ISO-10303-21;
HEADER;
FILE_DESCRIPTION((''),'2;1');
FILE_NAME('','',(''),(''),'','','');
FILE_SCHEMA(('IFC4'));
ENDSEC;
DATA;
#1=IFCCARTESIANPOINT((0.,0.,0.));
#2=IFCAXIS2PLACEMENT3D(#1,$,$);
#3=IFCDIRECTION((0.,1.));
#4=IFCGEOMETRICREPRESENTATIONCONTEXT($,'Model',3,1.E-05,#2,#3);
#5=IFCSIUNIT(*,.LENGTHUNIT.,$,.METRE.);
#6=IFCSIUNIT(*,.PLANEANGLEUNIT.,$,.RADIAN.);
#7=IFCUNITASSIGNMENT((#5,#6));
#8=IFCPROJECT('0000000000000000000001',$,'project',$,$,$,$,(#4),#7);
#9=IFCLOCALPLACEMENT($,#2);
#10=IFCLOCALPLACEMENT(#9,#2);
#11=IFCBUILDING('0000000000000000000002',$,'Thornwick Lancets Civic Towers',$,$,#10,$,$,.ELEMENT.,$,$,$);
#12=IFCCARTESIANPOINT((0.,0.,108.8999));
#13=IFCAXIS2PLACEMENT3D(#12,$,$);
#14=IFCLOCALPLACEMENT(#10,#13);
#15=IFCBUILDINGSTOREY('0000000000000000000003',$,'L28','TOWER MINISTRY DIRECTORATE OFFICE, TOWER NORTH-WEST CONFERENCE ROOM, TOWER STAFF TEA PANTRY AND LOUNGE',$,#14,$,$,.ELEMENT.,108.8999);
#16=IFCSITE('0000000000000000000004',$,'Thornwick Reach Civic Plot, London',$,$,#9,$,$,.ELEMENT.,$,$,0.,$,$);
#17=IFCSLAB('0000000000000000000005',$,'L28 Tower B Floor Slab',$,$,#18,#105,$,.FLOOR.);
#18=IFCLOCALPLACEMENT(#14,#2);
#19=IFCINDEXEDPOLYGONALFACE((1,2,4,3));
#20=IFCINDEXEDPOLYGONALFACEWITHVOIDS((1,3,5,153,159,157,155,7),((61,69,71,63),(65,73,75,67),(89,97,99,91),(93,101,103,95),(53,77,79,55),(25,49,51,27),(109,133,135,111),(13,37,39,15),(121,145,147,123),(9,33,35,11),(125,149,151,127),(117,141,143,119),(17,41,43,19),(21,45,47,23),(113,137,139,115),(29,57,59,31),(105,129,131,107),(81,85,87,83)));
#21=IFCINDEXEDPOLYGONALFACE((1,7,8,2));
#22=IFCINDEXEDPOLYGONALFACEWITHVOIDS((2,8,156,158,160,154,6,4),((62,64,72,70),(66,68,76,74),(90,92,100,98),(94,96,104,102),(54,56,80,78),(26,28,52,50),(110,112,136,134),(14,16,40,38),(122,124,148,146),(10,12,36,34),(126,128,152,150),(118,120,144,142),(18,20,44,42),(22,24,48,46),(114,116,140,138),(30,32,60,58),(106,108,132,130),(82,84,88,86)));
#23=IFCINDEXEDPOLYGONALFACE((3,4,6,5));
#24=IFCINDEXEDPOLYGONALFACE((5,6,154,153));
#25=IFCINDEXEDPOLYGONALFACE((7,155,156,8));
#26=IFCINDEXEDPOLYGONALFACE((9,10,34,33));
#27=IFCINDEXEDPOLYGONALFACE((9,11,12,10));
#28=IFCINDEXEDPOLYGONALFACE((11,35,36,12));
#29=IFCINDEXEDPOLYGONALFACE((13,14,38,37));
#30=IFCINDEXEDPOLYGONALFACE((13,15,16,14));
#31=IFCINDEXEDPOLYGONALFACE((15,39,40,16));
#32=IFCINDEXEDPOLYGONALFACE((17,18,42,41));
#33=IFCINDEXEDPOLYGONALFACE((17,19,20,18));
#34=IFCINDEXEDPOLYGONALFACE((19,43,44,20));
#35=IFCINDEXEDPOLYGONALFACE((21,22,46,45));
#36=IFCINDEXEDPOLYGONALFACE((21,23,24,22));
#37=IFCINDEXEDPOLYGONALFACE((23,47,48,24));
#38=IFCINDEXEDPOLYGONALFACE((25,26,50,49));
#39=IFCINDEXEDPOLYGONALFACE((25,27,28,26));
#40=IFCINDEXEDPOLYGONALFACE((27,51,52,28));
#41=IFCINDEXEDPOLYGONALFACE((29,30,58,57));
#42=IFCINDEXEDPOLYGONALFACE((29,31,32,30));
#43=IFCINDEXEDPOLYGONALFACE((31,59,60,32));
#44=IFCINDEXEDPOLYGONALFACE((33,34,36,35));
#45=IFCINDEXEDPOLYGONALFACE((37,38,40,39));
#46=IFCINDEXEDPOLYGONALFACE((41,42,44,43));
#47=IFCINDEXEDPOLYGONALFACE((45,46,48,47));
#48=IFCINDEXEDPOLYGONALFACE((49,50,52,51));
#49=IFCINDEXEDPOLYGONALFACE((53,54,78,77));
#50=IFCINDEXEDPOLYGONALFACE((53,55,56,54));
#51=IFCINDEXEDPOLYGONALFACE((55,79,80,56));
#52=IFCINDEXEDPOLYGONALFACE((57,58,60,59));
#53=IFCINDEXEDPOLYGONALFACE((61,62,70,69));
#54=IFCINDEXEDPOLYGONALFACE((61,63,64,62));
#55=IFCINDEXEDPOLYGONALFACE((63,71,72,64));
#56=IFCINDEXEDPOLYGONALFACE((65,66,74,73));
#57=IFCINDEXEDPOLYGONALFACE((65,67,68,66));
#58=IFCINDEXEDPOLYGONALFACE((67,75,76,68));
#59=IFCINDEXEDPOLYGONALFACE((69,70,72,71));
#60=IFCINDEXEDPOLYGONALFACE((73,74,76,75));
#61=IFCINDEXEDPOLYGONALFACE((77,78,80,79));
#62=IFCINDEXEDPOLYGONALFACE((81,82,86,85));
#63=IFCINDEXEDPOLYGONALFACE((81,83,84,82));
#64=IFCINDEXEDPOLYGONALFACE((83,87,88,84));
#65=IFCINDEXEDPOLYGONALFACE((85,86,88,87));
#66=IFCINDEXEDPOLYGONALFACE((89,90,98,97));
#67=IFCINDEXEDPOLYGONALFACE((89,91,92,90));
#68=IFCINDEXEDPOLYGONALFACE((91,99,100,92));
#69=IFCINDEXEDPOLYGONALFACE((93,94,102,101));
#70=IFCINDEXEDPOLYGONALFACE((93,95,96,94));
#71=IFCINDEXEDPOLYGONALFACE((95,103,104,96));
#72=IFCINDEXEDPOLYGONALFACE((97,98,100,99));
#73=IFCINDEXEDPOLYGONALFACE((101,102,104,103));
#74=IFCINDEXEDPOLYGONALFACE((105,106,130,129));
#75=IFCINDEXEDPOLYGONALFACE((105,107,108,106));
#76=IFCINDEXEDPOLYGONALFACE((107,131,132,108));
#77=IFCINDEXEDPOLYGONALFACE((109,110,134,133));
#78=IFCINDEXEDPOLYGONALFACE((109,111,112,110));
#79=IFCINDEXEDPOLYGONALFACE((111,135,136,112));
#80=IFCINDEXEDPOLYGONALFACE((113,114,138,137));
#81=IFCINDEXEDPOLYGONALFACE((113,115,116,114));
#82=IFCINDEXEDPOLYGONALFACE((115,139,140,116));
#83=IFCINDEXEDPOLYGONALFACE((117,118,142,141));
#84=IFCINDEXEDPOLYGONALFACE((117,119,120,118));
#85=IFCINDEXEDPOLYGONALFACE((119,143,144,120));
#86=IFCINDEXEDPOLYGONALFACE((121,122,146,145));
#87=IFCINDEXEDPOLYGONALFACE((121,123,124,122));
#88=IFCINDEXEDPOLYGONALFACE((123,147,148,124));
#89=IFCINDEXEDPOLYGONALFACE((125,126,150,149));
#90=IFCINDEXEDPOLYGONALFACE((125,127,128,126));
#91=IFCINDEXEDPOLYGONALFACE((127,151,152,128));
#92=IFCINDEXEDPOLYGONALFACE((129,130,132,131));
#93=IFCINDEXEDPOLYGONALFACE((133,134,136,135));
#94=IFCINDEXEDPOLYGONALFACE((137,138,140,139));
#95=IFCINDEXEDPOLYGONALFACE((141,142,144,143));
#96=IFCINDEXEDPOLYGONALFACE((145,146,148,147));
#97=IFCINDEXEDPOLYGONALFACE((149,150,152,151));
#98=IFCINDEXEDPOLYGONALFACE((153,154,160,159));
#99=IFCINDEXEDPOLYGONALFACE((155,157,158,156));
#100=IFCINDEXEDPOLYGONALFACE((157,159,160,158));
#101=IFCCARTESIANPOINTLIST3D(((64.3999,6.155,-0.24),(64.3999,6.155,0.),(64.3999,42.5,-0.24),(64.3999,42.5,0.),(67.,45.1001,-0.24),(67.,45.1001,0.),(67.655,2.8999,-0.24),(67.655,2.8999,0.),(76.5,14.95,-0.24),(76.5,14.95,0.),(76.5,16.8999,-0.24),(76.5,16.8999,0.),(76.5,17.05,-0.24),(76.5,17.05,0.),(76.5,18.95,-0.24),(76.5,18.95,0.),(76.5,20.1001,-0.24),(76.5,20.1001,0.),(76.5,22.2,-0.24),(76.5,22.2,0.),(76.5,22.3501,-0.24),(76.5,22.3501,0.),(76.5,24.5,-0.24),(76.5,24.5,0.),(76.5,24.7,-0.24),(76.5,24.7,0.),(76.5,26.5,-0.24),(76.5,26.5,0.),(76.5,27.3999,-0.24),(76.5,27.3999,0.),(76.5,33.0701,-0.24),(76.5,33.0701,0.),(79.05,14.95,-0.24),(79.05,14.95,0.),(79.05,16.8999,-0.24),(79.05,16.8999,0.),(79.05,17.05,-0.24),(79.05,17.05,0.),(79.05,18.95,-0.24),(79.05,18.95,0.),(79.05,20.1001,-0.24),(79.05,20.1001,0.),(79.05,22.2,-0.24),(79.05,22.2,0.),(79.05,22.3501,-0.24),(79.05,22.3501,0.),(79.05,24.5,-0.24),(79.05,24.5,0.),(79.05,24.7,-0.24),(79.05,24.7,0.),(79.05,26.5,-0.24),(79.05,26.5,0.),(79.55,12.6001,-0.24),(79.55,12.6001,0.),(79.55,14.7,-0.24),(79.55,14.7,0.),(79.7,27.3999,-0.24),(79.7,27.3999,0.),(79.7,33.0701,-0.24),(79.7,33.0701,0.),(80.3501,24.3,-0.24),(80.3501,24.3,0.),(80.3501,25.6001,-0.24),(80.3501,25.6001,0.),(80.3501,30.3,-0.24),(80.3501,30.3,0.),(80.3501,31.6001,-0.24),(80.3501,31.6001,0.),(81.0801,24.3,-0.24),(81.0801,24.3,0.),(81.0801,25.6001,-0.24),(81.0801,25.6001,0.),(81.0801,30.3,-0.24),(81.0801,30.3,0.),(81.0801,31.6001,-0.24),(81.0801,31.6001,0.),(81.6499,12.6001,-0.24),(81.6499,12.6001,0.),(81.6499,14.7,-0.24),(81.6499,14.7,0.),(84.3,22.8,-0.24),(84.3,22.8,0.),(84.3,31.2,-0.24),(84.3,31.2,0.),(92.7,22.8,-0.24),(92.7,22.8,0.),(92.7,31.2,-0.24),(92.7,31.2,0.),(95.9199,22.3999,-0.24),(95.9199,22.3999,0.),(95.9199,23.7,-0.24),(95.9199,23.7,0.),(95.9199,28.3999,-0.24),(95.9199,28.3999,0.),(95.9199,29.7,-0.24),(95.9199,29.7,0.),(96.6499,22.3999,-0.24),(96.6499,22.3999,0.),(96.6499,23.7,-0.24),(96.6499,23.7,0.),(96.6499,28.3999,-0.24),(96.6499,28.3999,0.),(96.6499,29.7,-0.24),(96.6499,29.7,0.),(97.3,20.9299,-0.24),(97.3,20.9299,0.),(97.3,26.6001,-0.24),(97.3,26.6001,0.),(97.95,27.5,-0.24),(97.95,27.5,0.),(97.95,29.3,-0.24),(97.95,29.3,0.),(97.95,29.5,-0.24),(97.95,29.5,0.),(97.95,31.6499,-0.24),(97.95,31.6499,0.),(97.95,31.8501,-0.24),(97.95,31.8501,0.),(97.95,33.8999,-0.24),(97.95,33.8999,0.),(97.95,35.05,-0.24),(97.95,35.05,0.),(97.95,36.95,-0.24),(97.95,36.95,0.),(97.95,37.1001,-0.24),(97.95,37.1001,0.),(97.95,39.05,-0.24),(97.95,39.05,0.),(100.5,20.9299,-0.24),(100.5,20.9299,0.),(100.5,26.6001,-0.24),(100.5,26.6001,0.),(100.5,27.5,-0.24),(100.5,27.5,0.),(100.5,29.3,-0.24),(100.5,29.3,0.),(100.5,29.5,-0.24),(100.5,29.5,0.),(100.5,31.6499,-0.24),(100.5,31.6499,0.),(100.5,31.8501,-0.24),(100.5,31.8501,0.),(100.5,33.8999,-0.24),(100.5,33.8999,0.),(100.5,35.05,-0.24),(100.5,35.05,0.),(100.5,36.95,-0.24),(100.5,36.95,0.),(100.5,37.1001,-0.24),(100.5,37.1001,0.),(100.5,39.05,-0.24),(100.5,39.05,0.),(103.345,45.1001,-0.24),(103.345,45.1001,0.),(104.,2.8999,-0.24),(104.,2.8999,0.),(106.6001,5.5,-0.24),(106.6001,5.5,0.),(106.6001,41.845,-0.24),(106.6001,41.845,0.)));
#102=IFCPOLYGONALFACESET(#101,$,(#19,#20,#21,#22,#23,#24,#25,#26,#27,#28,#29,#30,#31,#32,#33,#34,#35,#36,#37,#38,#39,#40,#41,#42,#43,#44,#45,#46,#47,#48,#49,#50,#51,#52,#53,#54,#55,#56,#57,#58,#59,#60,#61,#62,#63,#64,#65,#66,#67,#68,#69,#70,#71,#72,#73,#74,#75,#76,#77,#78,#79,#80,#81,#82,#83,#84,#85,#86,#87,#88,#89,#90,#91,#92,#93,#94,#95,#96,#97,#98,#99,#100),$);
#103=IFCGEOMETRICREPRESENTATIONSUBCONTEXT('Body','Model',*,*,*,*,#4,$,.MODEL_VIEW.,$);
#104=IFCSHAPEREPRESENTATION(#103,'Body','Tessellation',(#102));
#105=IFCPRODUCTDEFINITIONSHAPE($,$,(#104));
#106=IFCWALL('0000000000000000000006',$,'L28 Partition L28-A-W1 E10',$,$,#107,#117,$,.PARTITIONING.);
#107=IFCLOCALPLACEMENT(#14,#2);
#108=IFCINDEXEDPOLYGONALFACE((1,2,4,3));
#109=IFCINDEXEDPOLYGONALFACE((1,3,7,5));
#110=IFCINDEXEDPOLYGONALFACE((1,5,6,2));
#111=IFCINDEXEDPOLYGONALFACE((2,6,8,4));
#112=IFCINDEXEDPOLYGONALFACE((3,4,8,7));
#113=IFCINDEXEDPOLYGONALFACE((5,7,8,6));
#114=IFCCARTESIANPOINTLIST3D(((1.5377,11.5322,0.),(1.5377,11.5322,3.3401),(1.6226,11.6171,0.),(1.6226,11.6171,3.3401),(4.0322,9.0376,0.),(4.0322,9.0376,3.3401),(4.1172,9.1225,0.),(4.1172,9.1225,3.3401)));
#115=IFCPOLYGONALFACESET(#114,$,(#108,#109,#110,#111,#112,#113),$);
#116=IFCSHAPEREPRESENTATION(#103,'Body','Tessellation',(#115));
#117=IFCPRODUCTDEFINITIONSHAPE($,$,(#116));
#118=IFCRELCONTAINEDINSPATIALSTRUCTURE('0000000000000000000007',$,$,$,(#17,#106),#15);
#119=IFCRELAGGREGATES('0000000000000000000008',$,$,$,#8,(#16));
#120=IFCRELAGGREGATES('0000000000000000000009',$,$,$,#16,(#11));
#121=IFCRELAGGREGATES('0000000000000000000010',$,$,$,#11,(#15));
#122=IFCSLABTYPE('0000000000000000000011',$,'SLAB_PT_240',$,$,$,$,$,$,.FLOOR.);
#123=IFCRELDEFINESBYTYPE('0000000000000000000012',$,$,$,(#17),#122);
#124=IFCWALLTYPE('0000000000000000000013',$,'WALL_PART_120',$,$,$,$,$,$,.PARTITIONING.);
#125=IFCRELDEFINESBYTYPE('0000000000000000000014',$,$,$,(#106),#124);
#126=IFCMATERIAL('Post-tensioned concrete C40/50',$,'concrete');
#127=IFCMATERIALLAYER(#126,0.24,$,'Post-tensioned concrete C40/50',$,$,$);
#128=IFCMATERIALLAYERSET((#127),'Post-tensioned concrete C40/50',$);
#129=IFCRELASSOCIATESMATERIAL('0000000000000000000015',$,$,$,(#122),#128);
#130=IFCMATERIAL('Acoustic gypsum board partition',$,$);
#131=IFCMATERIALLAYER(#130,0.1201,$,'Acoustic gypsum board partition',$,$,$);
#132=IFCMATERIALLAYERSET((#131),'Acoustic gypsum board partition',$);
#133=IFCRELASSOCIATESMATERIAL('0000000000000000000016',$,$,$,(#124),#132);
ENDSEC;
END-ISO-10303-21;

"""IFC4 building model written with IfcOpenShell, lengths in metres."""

from ifc_helpers import new_model, si_unit, direction, frame, frame_2d, origin, place, context, subcontext, project, spatial, polyline, rectangle, outline, extrude, material, layer, layer_set, type_object, element, save


model = new_model("IFC4")

# Units and contexts
model_context = context("Model", 3, precision=1e-05, world=origin(), true_north=direction((0.0, 1.0)))
body_context = subcontext(model_context, "Body", "Model", "MODEL_VIEW")
ifc_project = project(units=[si_unit("LENGTHUNIT", "METRE"), si_unit("PLANEANGLEUNIT", "RADIAN")], contexts=[model_context])

# Site, building, storey
site_placement = place(None, origin())
site = spatial("IfcSite", under=ifc_project, at=site_placement, Name="Thornwick Reach Civic Plot, London", CompositionType="ELEMENT", RefElevation=0.0)
building_placement = place(site_placement, origin())
building = spatial("IfcBuilding", under=site, at=building_placement, Name="Thornwick Lancets Civic Towers", CompositionType="ELEMENT")
storey_placement = place(building_placement, frame((0.0, 0.0, 108.8999)))
storey = spatial("IfcBuildingStorey", under=building, at=storey_placement, Name="L28", Description="TOWER MINISTRY DIRECTORATE OFFICE, TOWER NORTH-WEST CONFERENCE ROOM, TOWER STAFF TEA PANTRY AND LOUNGE", CompositionType="ELEMENT", Elevation=108.8999)

# Shared definitions
ifc_material_1 = material(Name="Post-tensioned concrete C40/50", Category="concrete")

# Slab
ifc_layer_1 = layer(ifc_material_1, 0.24, Name="Post-tensioned concrete C40/50")
ifc_layer_set_1 = layer_set([ifc_layer_1], Name="Post-tensioned concrete C40/50")
slab_type_1 = type_object("IfcSlabType", Name="SLAB_PT_240", PredefinedType="FLOOR", material=ifc_layer_set_1)
slab_1_placement = place(storey_placement, frame((0.0, 0.0, -0.24)))
element("IfcSlab", 1, at=slab_1_placement, inside=storey, type_object=slab_type_1, Name="L28 Tower B Floor Slab", PredefinedType="FLOOR", context=body_context, shape_type="SweptSolid", body=[
    extrude(outline(polyline([(67.655, 2.8999), (104.0, 2.8999), (106.6001, 5.5), (106.6001, 41.845), (103.345, 45.1001), (67.0, 45.1001), (64.3999, 42.5), (64.3999, 6.155), (67.655, 2.8999)]), holes=[polyline([(84.3, 22.8), (92.7, 22.8), (92.7, 31.2), (84.3, 31.2), (84.3, 22.8)]), polyline([(100.5, 20.9299), (100.5, 26.6001), (97.3, 26.6001), (97.3, 20.9299), (100.5, 20.9299)]), polyline([(76.5, 33.0701), (76.5, 27.3999), (79.7, 27.3999), (79.7, 33.0701), (76.5, 33.0701)]), polyline([(97.95, 27.5), (100.5, 27.5), (100.5, 29.3), (97.95, 29.3), (97.95, 27.5)]), polyline([(97.95, 29.5), (100.5, 29.5), (100.5, 31.6499), (97.95, 31.6499), (97.95, 29.5)]), polyline([(97.95, 31.8501), (100.5, 31.8501), (100.5, 33.8999), (97.95, 33.8999), (97.95, 31.8501)]), polyline([(97.95, 35.05), (100.5, 35.05), (100.5, 36.95), (97.95, 36.95), (97.95, 35.05)]), polyline([(97.95, 37.1001), (100.5, 37.1001), (100.5, 39.05), (97.95, 39.05), (97.95, 37.1001)]), polyline([(76.5, 24.7), (79.05, 24.7), (79.05, 26.5), (76.5, 26.5), (76.5, 24.7)]), polyline([(76.5, 22.3501), (79.05, 22.3501), (79.05, 24.5), (76.5, 24.5), (76.5, 22.3501)]), polyline([(76.5, 20.1001), (79.05, 20.1001), (79.05, 22.2), (76.5, 22.2), (76.5, 20.1001)]), polyline([(76.5, 17.05), (79.05, 17.05), (79.05, 18.95), (76.5, 18.95), (76.5, 17.05)]), polyline([(76.5, 14.95), (79.05, 14.95), (79.05, 16.8999), (76.5, 16.8999), (76.5, 14.95)]), polyline([(79.55, 12.6001), (81.6499, 12.6001), (81.6499, 14.7), (79.55, 14.7), (79.55, 12.6001)]), polyline([(95.9199, 28.3999), (96.6499, 28.3999), (96.6499, 29.7), (95.9199, 29.7), (95.9199, 28.3999)]), polyline([(95.9199, 22.3999), (96.6499, 22.3999), (96.6499, 23.7), (95.9199, 23.7), (95.9199, 22.3999)]), polyline([(80.3501, 24.3), (81.0801, 24.3), (81.0801, 25.6001), (80.3501, 25.6001), (80.3501, 24.3)]), polyline([(80.3501, 30.3), (81.0801, 30.3), (81.0801, 31.6001), (80.3501, 31.6001), (80.3501, 30.3)])]), origin(), (0.0, 0.0, 1.0), 0.24),
])

# Wall
ifc_material_2 = material(Name="Acoustic gypsum board partition")
ifc_layer_2 = layer(ifc_material_2, 0.1201, Name="Acoustic gypsum board partition")
ifc_layer_set_2 = layer_set([ifc_layer_2], Name="Acoustic gypsum board partition")
wall_type = type_object("IfcWallType", Name="WALL_PART_120", PredefinedType="PARTITIONING", material=ifc_layer_set_2)
wall_placement = place(storey_placement, frame((4.0747, 9.0801, 0.0), z_axis=(0.0, 0.0, 1.0), x_axis=(-0.707107, 0.707107, 0.0)))
element("IfcWall", 2, at=wall_placement, inside=storey, type_object=wall_type, Name="L28 Partition L28-A-W1 E10", PredefinedType="PARTITIONING", context=body_context, shape_type="SweptSolid", body=[
    extrude(rectangle(XDim=3.5278, YDim=0.1201, at=frame_2d((1.7639, 0.0))), origin(), (0.0, 0.0, 1.0), 3.3401),
])

save(model, "model.ifc")
